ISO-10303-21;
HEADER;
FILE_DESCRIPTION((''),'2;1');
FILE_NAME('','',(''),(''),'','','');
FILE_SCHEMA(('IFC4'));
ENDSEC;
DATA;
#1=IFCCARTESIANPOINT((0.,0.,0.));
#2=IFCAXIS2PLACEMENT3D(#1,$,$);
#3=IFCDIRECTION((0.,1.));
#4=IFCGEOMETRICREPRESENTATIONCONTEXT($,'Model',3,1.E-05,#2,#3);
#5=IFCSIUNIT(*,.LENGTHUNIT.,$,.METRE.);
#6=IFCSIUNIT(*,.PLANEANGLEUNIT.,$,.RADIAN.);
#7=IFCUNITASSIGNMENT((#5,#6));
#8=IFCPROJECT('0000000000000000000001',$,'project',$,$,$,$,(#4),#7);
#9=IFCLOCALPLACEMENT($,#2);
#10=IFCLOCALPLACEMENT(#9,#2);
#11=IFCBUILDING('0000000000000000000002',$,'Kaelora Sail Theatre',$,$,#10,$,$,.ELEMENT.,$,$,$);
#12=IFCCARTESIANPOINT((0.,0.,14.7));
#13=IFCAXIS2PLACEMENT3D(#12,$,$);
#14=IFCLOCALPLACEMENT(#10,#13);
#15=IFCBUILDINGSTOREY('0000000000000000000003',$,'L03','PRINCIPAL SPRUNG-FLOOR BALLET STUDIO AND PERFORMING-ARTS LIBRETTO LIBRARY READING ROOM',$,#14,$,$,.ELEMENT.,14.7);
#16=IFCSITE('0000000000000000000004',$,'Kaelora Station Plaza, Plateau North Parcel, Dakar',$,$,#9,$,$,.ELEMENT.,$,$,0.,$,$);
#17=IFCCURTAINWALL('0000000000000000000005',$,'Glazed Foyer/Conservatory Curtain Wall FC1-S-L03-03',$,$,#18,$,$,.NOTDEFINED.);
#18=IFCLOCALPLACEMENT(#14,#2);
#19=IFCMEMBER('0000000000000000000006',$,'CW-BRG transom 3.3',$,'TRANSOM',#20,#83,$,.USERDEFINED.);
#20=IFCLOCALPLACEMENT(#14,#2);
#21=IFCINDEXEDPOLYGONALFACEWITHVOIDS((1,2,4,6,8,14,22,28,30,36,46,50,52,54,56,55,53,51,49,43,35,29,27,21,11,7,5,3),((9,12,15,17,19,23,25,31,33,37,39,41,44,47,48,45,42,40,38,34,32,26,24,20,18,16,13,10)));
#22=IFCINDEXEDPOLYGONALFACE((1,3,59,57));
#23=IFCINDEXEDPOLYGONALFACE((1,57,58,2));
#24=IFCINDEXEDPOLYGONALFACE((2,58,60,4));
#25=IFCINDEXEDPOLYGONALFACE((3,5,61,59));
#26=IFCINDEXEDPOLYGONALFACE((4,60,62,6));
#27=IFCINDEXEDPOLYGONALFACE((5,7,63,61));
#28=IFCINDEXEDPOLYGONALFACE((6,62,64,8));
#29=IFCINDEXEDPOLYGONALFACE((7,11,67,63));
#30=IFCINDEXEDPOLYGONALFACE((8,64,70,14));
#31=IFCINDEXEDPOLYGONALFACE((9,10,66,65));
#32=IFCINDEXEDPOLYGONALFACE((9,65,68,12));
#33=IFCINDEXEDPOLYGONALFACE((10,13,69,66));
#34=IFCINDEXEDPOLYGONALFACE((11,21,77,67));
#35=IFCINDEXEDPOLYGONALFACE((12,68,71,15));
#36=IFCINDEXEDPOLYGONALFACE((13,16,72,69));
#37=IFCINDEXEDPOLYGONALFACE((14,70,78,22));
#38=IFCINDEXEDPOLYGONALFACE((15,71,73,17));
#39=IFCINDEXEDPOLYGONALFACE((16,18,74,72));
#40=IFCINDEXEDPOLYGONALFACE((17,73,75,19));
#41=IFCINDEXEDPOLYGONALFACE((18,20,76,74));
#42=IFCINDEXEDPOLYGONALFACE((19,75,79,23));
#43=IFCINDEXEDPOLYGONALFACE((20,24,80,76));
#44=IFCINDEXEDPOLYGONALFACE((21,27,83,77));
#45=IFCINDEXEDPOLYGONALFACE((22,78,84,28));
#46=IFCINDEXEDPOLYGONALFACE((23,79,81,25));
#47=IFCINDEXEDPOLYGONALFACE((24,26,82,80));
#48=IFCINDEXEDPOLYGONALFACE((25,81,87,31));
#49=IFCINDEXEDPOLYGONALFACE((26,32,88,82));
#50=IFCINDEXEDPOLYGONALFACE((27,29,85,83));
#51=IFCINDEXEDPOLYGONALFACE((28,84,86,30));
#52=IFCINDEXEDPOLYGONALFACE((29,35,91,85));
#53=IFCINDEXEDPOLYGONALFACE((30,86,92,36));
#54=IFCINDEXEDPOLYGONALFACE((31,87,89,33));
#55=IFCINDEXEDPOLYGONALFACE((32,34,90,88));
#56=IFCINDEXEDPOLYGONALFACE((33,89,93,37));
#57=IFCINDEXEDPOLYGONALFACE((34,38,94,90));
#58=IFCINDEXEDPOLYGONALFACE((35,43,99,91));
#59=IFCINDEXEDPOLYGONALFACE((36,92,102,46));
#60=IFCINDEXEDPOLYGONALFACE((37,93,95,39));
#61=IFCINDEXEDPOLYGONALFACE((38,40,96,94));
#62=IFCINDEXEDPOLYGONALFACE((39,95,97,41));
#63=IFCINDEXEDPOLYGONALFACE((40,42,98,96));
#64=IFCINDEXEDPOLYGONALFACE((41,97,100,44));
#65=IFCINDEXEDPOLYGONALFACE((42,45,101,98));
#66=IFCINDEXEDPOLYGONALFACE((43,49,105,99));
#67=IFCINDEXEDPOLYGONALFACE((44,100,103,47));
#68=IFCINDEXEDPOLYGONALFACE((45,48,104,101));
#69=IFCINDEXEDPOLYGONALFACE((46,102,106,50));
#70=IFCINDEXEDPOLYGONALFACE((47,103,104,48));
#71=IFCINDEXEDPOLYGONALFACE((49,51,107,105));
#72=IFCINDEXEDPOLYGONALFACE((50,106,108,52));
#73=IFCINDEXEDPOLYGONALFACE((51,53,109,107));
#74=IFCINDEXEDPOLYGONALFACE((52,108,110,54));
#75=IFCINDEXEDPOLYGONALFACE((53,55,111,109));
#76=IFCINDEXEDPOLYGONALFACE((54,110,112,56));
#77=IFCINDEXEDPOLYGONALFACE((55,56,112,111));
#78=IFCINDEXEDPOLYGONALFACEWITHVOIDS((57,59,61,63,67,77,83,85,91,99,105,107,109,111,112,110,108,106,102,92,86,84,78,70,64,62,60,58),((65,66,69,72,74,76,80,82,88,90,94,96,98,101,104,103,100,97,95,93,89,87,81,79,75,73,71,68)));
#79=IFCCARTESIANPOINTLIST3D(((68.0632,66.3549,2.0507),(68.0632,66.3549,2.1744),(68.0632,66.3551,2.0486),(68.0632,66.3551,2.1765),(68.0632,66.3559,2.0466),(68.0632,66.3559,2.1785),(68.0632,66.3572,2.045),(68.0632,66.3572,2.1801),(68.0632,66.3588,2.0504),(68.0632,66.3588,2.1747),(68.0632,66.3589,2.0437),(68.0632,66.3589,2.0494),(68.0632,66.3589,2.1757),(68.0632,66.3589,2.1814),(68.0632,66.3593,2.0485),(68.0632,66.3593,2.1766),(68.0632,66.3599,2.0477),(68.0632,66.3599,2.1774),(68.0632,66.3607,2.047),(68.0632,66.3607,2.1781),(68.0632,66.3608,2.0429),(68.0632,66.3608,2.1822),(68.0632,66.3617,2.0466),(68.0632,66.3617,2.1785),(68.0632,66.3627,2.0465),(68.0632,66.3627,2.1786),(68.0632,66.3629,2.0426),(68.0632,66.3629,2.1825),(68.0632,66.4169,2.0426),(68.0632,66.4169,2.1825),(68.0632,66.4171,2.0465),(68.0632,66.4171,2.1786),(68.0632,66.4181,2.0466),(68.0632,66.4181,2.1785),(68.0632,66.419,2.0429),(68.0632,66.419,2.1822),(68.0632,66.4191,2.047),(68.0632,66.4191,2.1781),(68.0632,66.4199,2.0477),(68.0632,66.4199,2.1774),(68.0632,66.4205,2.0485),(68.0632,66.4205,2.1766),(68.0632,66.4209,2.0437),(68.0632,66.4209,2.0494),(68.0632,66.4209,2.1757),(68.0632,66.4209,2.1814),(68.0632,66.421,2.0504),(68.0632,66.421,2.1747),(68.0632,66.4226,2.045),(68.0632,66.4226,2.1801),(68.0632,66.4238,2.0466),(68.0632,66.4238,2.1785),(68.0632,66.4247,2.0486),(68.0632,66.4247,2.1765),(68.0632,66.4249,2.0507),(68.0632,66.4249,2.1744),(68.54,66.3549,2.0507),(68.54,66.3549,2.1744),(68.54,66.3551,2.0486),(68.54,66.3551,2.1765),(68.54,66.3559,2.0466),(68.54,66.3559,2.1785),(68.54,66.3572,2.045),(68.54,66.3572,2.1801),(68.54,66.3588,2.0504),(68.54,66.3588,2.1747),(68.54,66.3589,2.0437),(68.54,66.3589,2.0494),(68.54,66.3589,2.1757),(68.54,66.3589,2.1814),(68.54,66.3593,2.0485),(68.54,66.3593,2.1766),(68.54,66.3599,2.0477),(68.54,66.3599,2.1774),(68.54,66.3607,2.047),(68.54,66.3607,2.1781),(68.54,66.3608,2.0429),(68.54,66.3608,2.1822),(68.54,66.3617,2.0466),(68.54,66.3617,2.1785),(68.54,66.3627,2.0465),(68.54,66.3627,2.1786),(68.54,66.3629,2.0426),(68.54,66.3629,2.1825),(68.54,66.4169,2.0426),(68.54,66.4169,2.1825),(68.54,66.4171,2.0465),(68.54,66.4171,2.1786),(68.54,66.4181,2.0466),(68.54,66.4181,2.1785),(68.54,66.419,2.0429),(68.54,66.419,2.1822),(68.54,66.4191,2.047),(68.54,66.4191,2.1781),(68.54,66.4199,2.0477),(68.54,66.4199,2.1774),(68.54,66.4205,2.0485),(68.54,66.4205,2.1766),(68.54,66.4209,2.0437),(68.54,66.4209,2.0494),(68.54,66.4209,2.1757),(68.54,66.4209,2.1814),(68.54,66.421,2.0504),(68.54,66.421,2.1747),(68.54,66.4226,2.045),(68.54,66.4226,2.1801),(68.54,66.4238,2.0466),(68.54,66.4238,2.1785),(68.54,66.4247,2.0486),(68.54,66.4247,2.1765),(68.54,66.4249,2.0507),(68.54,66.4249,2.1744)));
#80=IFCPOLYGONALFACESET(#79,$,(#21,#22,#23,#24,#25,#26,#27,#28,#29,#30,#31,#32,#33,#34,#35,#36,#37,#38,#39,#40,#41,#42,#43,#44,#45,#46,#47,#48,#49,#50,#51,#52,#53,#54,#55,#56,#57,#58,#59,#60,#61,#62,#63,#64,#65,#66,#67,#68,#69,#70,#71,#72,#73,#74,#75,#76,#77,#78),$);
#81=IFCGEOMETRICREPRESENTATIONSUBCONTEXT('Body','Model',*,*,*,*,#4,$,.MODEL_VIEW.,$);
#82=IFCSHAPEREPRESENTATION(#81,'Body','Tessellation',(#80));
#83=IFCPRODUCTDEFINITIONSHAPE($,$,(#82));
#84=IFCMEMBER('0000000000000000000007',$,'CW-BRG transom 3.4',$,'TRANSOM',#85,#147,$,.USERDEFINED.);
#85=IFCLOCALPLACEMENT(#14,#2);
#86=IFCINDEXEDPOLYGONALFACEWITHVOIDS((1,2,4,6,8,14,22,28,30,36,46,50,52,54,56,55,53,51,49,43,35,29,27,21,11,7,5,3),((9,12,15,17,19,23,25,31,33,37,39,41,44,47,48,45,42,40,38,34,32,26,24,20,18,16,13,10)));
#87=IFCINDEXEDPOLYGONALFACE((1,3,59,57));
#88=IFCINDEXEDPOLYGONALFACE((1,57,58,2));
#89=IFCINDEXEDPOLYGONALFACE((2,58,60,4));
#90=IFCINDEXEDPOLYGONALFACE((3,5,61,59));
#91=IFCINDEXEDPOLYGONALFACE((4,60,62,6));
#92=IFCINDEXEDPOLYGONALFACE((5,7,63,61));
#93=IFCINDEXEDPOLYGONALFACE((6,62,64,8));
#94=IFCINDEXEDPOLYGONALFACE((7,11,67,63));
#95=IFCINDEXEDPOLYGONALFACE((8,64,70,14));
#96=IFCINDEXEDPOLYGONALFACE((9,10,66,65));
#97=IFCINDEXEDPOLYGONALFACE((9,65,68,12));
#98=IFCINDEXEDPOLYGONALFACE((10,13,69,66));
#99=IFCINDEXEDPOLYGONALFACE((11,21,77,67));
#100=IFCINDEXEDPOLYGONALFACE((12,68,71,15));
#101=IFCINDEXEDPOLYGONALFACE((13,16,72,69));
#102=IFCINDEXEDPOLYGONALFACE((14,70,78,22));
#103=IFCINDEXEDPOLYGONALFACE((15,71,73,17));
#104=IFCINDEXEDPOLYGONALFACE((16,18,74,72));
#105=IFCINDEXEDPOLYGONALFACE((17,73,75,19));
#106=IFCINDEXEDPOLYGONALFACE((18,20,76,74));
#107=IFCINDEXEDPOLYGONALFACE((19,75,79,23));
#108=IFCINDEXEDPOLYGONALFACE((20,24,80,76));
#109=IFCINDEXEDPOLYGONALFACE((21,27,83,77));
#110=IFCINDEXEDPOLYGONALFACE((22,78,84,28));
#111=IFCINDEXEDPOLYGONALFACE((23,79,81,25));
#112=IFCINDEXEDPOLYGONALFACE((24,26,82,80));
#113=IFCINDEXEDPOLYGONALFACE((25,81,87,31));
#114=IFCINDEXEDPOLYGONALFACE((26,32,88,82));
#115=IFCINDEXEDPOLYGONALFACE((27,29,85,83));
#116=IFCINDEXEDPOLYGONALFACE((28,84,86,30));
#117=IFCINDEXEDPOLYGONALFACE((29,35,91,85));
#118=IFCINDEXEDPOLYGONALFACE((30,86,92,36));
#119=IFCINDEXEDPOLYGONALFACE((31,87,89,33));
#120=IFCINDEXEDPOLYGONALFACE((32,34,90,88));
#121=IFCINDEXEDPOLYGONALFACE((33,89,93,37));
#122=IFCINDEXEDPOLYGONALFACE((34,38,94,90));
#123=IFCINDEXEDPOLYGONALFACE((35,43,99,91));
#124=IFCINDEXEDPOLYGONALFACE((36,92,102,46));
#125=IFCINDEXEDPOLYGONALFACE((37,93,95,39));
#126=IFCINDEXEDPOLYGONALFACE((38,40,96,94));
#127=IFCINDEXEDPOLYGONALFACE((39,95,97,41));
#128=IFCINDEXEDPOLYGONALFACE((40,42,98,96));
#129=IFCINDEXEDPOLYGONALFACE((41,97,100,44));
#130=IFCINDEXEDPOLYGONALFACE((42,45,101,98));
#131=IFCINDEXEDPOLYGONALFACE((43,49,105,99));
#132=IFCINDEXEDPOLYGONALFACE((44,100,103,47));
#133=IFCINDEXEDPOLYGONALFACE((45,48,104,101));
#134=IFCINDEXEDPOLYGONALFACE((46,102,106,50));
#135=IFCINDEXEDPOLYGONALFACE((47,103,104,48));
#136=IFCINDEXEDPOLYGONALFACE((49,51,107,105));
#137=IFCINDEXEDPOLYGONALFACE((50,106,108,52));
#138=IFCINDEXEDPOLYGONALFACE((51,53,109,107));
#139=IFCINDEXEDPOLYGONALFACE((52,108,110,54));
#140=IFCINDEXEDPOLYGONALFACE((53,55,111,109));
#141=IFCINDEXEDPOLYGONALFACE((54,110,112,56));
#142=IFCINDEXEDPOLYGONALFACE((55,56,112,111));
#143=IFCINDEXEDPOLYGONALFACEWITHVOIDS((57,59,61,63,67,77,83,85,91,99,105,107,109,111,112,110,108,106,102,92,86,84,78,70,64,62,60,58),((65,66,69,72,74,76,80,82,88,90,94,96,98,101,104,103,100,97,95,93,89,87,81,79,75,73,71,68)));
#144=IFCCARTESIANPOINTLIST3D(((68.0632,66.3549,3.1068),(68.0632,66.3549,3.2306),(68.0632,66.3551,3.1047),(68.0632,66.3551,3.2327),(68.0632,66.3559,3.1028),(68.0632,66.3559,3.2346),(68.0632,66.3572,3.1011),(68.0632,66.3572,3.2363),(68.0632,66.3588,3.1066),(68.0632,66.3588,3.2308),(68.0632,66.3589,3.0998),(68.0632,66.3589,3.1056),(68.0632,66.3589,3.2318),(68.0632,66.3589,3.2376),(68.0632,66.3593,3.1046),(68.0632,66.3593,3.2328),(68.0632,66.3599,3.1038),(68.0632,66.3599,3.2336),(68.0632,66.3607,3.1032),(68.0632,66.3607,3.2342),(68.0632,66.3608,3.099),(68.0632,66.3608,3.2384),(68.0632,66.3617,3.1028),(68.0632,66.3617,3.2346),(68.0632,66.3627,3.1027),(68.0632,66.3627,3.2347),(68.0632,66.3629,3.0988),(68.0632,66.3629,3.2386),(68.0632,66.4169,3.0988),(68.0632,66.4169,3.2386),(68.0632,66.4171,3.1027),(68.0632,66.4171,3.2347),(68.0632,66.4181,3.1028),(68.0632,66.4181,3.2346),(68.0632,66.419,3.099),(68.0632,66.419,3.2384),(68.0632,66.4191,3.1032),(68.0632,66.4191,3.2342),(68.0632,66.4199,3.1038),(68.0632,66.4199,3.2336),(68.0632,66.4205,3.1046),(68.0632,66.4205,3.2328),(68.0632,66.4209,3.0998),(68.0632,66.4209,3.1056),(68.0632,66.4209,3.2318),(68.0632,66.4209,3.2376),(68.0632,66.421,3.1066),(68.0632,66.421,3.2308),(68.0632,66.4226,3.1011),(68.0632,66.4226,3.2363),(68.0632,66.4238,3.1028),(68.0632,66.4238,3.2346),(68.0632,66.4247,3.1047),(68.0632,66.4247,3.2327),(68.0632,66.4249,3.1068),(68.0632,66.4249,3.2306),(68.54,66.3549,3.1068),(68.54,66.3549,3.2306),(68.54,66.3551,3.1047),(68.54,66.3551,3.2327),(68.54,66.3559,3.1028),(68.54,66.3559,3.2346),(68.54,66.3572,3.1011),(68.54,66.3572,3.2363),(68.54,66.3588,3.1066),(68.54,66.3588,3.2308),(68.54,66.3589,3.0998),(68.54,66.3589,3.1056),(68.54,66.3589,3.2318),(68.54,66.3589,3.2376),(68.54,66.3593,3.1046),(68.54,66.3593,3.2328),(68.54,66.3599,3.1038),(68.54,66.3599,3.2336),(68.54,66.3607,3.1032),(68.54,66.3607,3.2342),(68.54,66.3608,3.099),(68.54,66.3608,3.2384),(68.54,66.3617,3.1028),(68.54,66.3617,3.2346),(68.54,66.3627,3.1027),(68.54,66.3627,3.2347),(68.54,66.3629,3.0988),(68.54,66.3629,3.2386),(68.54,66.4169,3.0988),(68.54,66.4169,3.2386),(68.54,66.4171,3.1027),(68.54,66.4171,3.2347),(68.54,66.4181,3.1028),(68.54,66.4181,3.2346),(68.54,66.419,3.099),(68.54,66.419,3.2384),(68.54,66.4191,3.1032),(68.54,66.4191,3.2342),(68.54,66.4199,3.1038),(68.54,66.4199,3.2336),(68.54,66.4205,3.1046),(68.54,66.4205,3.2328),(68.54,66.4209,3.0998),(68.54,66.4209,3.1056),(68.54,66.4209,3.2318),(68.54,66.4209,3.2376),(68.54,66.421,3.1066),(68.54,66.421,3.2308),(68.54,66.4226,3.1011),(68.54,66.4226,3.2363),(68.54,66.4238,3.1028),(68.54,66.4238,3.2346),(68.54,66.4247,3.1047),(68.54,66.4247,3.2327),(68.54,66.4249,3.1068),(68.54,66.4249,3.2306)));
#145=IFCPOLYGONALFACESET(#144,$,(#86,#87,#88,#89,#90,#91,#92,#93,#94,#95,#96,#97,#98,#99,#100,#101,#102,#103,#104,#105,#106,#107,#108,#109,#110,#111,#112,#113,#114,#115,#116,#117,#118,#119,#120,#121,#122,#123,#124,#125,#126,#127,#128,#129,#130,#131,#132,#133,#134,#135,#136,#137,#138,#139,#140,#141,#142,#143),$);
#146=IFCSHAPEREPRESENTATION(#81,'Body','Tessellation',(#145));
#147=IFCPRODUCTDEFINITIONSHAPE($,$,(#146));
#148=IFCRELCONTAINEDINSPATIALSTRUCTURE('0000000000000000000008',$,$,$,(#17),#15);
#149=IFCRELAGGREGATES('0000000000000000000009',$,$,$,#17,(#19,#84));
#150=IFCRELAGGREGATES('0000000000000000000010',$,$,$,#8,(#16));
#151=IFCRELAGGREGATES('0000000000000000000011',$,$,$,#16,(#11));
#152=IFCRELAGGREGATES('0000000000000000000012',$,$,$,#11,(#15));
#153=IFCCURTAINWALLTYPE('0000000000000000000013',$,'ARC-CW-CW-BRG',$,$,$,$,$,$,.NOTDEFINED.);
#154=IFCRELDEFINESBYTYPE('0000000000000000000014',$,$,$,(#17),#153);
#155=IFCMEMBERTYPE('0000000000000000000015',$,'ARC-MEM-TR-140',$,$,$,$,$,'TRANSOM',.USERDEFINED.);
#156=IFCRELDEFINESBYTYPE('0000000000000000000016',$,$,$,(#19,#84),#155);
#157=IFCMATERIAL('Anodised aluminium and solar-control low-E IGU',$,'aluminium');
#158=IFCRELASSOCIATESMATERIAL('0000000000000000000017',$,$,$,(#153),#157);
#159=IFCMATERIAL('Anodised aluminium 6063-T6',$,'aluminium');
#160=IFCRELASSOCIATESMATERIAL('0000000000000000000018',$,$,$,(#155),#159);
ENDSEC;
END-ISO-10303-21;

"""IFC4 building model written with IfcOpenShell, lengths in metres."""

from ifc_helpers import new_model, si_unit, direction, frame, origin, origin_2d, place, context, subcontext, project, spatial, hollow_rectangle, extrude, material, material_profile, profile_set, type_object, element, aggregate, save


model = new_model("IFC4")

# Units and contexts
model_context = context("Model", 3, precision=1e-05, world=origin(), true_north=direction((0.0, 1.0)))
body_context = subcontext(model_context, "Body", "Model", "MODEL_VIEW")
ifc_project = project(units=[si_unit("LENGTHUNIT", "METRE"), si_unit("PLANEANGLEUNIT", "RADIAN")], contexts=[model_context])

# Site, building, storey
site_placement = place(None, origin())
site = spatial("IfcSite", under=ifc_project, at=site_placement, Name="Kaelora Station Plaza, Plateau North Parcel, Dakar", CompositionType="ELEMENT", RefElevation=0.0)
building_placement = place(site_placement, origin())
building = spatial("IfcBuilding", under=site, at=building_placement, Name="Kaelora Sail Theatre", CompositionType="ELEMENT")
storey_placement = place(building_placement, frame((0.0, 0.0, 14.7)))
storey = spatial("IfcBuildingStorey", under=building, at=storey_placement, Name="L03", Description="PRINCIPAL SPRUNG-FLOOR BALLET STUDIO AND PERFORMING-ARTS LIBRETTO LIBRARY READING ROOM", CompositionType="ELEMENT", Elevation=14.7)

# Curtain wall, members
ifc_material_1 = material(Name="Anodised aluminium and solar-control low-E IGU", Category="aluminium")
curtain_wall_type = type_object("IfcCurtainWallType", Name="ARC-CW-CW-BRG", PredefinedType="NOTDEFINED", material=ifc_material_1)
curtain_wall_1_placement = place(storey_placement, origin())
curtain_wall_1 = element("IfcCurtainWall", 1, at=curtain_wall_1_placement, inside=storey, type_object=curtain_wall_type, Name="Glazed Foyer/Conservatory Curtain Wall FC1-S-L03-03", PredefinedType="NOTDEFINED")
ifc_material_2 = material(Name="Anodised aluminium 6063-T6", Category="aluminium")
ifc_material_profile = material_profile(ifc_material_2, hollow_rectangle(XDim=0.0701, YDim=0.1399, WallThickness=0.0039, InnerFilletRadius=0.0039, OuterFilletRadius=0.0081, at=origin_2d()), Name="ALU-TRAN 70x140x4")
ifc_profile_set = profile_set([ifc_material_profile], Name="Anodised aluminium 6063-T6")
member_type = type_object("IfcMemberType", Name="ARC-MEM-TR-140", ElementType="TRANSOM", PredefinedType="USERDEFINED", material=ifc_profile_set)
member_1_placement = place(storey_placement, frame((68.0632, 66.3899, 2.1125), z_axis=(1.0, 0.0, 0.0), x_axis=(0.0, 1.0, 0.0)))
member_1 = element("IfcMember", 2, at=member_1_placement, type_object=member_type, Name="CW-BRG transom 3.3", ObjectType="TRANSOM", PredefinedType="USERDEFINED", context=body_context, shape_type="SweptSolid", body=[
    extrude(hollow_rectangle(XDim=0.0701, YDim=0.1399, WallThickness=0.0039, InnerFilletRadius=0.0039, OuterFilletRadius=0.0081, at=origin_2d()), origin(), (0.0, 0.0, 1.0), 0.4768),
])
member_2_placement = place(storey_placement, frame((68.0632, 66.3899, 3.1687), z_axis=(1.0, 0.0, 0.0), x_axis=(0.0, 1.0, 0.0)))
member_2 = element("IfcMember", 3, at=member_2_placement, type_object=member_type, Name="CW-BRG transom 3.4", ObjectType="TRANSOM", PredefinedType="USERDEFINED", context=body_context, shape_type="SweptSolid", body=[
    extrude(hollow_rectangle(XDim=0.0701, YDim=0.1399, WallThickness=0.0039, InnerFilletRadius=0.0039, OuterFilletRadius=0.0081, at=origin_2d()), origin(), (0.0, 0.0, 1.0), 0.4768),
])

aggregate(curtain_wall_1, [member_1, member_2])

save(model, "model.ifc")
